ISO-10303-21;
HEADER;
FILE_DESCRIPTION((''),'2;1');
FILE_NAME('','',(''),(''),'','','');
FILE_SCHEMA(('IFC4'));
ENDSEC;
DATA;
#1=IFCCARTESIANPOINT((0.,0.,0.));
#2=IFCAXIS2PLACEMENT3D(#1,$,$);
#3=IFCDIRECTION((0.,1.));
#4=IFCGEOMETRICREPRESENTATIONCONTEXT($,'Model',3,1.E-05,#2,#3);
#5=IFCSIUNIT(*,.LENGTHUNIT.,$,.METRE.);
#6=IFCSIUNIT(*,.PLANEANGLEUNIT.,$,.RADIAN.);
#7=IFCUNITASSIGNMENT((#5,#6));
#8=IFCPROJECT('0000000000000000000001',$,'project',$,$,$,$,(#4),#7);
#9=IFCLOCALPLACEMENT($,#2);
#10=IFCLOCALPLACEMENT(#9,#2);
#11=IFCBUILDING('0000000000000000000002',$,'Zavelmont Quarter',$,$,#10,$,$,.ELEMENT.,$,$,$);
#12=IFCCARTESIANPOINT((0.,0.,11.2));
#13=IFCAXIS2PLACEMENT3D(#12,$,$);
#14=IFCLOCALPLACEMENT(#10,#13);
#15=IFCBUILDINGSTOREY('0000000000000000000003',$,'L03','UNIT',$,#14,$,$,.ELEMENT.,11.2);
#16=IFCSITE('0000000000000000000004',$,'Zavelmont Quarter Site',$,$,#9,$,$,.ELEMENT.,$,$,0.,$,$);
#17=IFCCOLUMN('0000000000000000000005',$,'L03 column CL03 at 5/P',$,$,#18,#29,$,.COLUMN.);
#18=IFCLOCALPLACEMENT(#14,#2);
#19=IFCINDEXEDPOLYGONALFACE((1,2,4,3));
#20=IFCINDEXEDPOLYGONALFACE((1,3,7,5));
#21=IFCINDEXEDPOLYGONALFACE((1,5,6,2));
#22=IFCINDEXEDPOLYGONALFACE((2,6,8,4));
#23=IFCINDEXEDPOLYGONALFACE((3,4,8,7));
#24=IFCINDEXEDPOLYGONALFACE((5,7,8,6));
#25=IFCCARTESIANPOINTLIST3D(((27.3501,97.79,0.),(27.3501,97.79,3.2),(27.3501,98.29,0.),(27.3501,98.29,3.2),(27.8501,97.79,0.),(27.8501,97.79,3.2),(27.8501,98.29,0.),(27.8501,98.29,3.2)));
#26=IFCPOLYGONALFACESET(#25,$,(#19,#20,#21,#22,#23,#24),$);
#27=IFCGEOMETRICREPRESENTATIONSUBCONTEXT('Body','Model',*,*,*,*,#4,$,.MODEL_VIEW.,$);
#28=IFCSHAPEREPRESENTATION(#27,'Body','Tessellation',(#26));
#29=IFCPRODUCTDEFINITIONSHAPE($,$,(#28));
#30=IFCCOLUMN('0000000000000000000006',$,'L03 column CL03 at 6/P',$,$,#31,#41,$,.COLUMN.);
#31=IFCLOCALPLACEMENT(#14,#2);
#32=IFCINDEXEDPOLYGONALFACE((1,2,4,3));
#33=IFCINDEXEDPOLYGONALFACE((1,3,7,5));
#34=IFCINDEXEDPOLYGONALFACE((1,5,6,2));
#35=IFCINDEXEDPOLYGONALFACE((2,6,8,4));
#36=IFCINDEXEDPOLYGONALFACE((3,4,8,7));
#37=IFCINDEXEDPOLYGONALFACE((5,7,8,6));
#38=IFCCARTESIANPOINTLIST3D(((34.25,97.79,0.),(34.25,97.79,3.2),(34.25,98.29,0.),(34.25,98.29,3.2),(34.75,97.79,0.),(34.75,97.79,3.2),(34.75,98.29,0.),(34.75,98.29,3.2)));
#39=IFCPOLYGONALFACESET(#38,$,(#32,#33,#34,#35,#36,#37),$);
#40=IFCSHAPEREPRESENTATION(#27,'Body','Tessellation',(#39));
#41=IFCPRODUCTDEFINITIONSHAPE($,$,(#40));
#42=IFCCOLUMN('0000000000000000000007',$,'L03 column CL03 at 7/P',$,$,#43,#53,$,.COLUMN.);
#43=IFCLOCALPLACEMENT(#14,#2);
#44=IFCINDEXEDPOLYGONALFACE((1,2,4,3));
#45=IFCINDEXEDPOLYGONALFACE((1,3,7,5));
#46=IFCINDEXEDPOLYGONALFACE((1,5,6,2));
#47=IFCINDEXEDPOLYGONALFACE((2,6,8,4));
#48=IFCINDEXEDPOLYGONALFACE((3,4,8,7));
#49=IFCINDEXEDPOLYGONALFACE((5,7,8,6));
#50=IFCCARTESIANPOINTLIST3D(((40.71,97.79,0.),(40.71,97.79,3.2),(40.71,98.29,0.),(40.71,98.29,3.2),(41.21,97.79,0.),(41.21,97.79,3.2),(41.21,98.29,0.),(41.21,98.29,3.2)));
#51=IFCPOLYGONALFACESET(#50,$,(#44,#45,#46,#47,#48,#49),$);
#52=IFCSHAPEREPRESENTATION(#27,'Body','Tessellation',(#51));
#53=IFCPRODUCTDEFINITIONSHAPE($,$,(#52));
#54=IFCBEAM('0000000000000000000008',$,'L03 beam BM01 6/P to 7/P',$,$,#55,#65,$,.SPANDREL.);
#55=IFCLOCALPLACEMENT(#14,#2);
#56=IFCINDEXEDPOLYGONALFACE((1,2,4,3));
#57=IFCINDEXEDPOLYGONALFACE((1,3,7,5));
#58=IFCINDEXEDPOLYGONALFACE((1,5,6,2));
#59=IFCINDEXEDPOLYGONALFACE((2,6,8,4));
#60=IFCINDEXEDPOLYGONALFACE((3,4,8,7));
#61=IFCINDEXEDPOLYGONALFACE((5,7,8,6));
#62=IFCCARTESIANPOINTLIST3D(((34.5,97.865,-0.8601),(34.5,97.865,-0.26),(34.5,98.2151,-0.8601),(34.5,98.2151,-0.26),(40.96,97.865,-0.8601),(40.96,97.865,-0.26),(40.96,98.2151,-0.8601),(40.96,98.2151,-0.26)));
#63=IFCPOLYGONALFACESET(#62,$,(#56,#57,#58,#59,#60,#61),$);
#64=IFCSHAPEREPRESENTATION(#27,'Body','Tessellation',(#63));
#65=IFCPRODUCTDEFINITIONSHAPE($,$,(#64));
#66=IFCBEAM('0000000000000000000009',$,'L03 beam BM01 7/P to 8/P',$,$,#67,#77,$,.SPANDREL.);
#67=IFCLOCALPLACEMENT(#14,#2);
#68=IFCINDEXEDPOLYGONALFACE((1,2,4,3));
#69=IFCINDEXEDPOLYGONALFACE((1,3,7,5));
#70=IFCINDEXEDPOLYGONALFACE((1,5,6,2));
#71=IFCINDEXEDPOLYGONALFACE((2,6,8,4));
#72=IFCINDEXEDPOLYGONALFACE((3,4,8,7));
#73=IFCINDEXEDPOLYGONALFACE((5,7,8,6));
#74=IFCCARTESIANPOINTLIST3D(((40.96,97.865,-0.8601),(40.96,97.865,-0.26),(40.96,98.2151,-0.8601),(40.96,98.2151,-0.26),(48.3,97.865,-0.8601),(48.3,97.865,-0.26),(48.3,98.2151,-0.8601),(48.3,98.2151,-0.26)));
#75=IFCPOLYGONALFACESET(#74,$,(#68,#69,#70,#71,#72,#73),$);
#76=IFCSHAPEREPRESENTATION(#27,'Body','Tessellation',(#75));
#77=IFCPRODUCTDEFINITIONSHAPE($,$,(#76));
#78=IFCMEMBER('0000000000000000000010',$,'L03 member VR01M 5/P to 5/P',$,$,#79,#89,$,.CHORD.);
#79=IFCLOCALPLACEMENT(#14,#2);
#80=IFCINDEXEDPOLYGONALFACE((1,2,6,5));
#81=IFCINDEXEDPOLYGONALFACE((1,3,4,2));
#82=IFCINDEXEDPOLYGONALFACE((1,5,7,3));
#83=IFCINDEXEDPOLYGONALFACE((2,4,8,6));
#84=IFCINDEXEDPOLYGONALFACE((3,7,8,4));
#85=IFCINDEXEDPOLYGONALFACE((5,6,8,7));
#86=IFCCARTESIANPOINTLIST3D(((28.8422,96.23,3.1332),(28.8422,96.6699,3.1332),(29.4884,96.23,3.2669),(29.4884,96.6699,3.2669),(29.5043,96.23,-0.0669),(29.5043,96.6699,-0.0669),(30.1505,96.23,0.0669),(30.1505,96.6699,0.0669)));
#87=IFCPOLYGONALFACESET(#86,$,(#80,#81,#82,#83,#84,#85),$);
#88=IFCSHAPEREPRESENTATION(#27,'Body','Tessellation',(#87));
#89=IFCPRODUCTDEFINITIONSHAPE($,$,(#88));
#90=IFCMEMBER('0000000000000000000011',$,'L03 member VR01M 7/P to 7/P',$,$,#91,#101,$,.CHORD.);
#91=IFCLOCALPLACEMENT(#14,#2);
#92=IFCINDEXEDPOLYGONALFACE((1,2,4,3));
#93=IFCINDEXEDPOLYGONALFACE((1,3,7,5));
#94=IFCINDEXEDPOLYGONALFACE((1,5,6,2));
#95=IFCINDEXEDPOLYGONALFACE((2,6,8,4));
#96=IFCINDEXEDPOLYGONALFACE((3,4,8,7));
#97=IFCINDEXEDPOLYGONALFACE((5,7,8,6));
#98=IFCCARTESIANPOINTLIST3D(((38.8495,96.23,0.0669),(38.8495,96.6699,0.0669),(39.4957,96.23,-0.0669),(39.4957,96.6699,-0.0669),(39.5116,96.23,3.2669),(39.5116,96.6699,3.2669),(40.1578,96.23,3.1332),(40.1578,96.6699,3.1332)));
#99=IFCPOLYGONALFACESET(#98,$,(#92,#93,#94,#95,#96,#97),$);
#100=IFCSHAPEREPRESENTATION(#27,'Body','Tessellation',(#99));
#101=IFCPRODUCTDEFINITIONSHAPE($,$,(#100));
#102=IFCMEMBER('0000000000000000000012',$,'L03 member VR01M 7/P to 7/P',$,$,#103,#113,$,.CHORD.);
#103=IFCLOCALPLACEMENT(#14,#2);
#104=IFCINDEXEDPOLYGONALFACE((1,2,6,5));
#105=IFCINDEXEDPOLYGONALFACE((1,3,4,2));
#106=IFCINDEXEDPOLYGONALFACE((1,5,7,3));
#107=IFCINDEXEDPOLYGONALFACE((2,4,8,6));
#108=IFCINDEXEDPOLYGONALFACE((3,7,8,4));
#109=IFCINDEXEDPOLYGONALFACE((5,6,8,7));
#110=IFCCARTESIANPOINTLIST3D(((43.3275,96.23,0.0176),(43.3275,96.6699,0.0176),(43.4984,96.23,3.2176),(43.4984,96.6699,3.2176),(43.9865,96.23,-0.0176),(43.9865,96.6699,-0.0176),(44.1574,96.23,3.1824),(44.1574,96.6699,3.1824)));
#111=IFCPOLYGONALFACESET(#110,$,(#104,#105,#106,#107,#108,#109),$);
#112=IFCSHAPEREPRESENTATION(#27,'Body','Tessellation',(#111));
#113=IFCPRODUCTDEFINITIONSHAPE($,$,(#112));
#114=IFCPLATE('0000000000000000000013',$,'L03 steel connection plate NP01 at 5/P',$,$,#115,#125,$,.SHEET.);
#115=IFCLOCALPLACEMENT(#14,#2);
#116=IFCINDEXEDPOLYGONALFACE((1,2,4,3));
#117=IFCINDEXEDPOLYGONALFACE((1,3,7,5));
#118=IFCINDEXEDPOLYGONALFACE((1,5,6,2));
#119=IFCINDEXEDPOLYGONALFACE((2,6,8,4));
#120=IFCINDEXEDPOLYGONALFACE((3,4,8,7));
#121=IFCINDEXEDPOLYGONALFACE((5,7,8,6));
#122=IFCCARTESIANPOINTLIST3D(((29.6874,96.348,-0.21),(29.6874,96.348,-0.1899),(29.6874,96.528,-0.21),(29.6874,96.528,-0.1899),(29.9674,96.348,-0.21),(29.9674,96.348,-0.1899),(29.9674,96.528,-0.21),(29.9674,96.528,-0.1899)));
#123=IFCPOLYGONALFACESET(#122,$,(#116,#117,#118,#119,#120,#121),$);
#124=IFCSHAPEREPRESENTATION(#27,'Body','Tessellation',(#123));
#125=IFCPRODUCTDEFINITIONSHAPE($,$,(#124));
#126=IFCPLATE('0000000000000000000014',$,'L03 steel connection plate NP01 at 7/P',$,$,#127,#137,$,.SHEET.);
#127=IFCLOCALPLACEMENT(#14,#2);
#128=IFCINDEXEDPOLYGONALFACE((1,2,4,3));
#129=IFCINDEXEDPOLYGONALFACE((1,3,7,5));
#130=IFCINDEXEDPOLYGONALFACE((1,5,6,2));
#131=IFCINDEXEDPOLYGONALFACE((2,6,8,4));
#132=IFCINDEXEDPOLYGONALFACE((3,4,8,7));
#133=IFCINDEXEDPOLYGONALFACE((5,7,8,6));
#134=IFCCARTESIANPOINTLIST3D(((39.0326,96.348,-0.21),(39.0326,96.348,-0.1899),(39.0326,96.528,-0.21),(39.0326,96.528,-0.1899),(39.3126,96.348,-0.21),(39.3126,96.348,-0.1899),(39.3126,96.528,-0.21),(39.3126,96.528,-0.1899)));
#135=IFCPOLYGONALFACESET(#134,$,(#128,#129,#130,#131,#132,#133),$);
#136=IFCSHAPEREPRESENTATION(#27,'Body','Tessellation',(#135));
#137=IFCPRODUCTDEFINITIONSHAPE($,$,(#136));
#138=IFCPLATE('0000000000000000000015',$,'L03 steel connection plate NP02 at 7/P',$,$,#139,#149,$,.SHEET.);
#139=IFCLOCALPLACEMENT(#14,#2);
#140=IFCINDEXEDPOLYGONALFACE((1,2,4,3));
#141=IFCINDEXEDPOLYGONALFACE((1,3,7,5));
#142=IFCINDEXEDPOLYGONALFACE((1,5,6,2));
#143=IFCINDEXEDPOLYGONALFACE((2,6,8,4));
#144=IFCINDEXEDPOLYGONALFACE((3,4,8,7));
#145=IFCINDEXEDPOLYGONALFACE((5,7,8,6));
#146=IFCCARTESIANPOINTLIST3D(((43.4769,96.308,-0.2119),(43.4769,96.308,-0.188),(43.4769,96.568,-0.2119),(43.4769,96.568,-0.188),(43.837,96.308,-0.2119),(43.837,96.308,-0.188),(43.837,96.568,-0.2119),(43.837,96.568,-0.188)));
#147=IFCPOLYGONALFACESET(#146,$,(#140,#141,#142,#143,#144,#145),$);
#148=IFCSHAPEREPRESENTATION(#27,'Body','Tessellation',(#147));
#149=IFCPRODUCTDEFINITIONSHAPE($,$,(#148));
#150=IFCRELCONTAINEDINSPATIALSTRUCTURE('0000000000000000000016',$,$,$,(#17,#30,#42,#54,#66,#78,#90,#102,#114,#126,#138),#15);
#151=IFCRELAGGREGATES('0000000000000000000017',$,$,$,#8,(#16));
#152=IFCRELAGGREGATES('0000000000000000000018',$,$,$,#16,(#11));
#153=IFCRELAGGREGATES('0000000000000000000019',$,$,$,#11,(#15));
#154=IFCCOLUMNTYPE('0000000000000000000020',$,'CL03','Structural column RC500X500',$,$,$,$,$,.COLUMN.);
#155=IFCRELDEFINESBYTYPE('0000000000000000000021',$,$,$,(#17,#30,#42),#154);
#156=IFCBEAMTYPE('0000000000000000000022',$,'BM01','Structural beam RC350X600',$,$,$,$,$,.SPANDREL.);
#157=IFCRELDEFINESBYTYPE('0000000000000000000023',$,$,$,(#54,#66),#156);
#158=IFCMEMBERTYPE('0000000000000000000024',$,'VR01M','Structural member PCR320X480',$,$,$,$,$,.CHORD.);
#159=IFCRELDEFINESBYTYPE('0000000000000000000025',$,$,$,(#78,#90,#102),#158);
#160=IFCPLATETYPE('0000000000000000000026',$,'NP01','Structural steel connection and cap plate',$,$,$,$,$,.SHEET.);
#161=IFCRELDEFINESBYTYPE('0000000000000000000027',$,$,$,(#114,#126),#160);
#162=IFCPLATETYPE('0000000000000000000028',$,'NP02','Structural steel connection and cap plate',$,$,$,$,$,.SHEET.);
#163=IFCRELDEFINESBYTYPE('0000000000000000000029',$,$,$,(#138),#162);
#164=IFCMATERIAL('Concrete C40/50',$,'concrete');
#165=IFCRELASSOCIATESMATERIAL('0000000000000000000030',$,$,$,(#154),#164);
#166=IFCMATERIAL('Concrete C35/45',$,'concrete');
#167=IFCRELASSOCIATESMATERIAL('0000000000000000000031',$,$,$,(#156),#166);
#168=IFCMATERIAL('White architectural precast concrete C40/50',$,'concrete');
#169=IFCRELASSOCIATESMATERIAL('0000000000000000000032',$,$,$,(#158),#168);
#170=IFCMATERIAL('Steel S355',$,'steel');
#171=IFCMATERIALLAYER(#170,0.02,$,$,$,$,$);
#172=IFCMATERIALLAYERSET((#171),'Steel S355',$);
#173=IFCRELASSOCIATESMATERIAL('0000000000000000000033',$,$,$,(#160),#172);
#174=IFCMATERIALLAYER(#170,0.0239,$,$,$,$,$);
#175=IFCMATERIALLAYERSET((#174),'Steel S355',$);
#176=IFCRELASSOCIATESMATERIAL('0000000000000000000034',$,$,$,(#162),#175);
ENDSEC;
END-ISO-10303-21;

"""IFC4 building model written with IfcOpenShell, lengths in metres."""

from ifc_helpers import new_model, si_unit, direction, frame, origin, origin_2d, place, context, subcontext, project, spatial, rectangle, extrude, material, layer, layer_set, material_profile, profile_set, type_object, element, save


model = new_model("IFC4")

# Units and contexts
model_context = context("Model", 3, precision=1e-05, world=origin(), true_north=direction((0.0, 1.0)))
body_context = subcontext(model_context, "Body", "Model", "MODEL_VIEW")
ifc_project = project(units=[si_unit("LENGTHUNIT", "METRE"), si_unit("PLANEANGLEUNIT", "RADIAN")], contexts=[model_context])

# Site, building, storey
site_placement = place(None, origin())
site = spatial("IfcSite", under=ifc_project, at=site_placement, Name="Zavelmont Quarter Site", CompositionType="ELEMENT", RefElevation=0.0)
building_placement = place(site_placement, origin())
building = spatial("IfcBuilding", under=site, at=building_placement, Name="Zavelmont Quarter", CompositionType="ELEMENT")
storey_placement = place(building_placement, frame((0.0, 0.0, 11.2)))
storey = spatial("IfcBuildingStorey", under=building, at=storey_placement, Name="L03", Description="UNIT", CompositionType="ELEMENT", Elevation=11.2)

# Columns
ifc_material_1 = material(Name="Concrete C40/50", Category="concrete")
ifc_material_profile_1 = material_profile(ifc_material_1, rectangle(XDim=0.5, YDim=0.5, at=origin_2d()), Name="RC500X500")
ifc_profile_set_1 = profile_set([ifc_material_profile_1], Name="Concrete C40/50")
column_type = type_object("IfcColumnType", Name="CL03", Description="Structural column RC500X500", PredefinedType="COLUMN", material=ifc_profile_set_1)
for number, where, z_axis, x_axis, name in (
    (1, (27.6001, 98.04, 0.0), (0.0, 0.0, 1.0), (1.0, 0.0, 0.0), "L03 column CL03 at 5/P"),
    (2, (34.5, 98.04, 0.0), (0.0, 0.0, 1.0), (1.0, 0.0, 0.0), "L03 column CL03 at 6/P"),
    (3, (40.96, 98.04, 0.0), (0.0, 0.0, 1.0), (1.0, 0.0, 0.0), "L03 column CL03 at 7/P"),
):
    element("IfcColumn", number, at=place(storey_placement, frame(where, z_axis=z_axis, x_axis=x_axis)), inside=storey, type_object=column_type, Name=name, PredefinedType="COLUMN", context=body_context, shape_type="SweptSolid", body=[
        extrude(rectangle(XDim=0.5, YDim=0.5, at=origin_2d()), origin(), (0.0, 0.0, 1.0), 3.2),
    ])

# Beams
ifc_material_2 = material(Name="Concrete C35/45", Category="concrete")
ifc_material_profile_2 = material_profile(ifc_material_2, rectangle(XDim=0.3501, YDim=0.6001, at=origin_2d()), Name="RC350X600")
ifc_profile_set_2 = profile_set([ifc_material_profile_2], Name="Concrete C35/45")
beam_type = type_object("IfcBeamType", Name="BM01", Description="Structural beam RC350X600", PredefinedType="SPANDREL", material=ifc_profile_set_2)
beam_1_placement = place(storey_placement, frame((34.5, 98.04, -0.5601), z_axis=(1.0, 0.0, 0.0), x_axis=(0.0, 1.0, 0.0)))
element("IfcBeam", 4, at=beam_1_placement, inside=storey, type_object=beam_type, Name="L03 beam BM01 6/P to 7/P", PredefinedType="SPANDREL", context=body_context, shape_type="SweptSolid", body=[
    extrude(rectangle(XDim=0.3501, YDim=0.6001, at=origin_2d()), origin(), (0.0, 0.0, 1.0), 6.46),
])
beam_2_placement = place(storey_placement, frame((40.96, 98.04, -0.5601), z_axis=(1.0, 0.0, 0.0), x_axis=(0.0, 1.0, 0.0)))
element("IfcBeam", 5, at=beam_2_placement, inside=storey, type_object=beam_type, Name="L03 beam BM01 7/P to 8/P", PredefinedType="SPANDREL", context=body_context, shape_type="SweptSolid", body=[
    extrude(rectangle(XDim=0.3501, YDim=0.6001, at=origin_2d()), origin(), (0.0, 0.0, 1.0), 7.3401),
])

# Members
ifc_material_3 = material(Name="White architectural precast concrete C40/50", Category="concrete")
ifc_material_profile_3 = material_profile(ifc_material_3, rectangle(XDim=0.4399, YDim=0.6599, at=origin_2d()), Name="PCR320X480")
ifc_profile_set_3 = profile_set([ifc_material_profile_3], Name="White architectural precast concrete C40/50")
member_type = type_object("IfcMemberType", Name="VR01M", Description="Structural member PCR320X480", PredefinedType="CHORD", material=ifc_profile_set_3)
for number, where, z_axis, x_axis, name in (
    (6, (29.8274, 96.45, 0.0), (-0.20262, 0.0, 0.979257), (0.0, -1.0, 0.0), "L03 member VR01M 5/P to 5/P"),
    (7, (39.1726, 96.45, 0.0), (0.20262, 0.0, 0.979257), (0.0, 1.0, 0.0), "L03 member VR01M 7/P to 7/P"),
):
    element("IfcMember", number, at=place(storey_placement, frame(where, z_axis=z_axis, x_axis=x_axis)), inside=storey, type_object=member_type, Name=name, PredefinedType="CHORD", context=body_context, shape_type="SweptSolid", body=[
        extrude(rectangle(XDim=0.4399, YDim=0.6599, at=origin_2d()), origin(), (0.0, 0.0, 1.0), 3.2678),
    ])
member_placement = place(storey_placement, frame((43.657, 96.45, 0.0), z_axis=(0.053331, 0.0, 0.998577), x_axis=(0.0, 1.0, 0.0)))
element("IfcMember", 8, at=member_placement, inside=storey, type_object=member_type, Name="L03 member VR01M 7/P to 7/P", PredefinedType="CHORD", context=body_context, shape_type="SweptSolid", body=[
    extrude(rectangle(XDim=0.4399, YDim=0.6599, at=origin_2d()), origin(), (0.0, 0.0, 1.0), 3.2046),
])

# Plates
ifc_material_4 = material(Name="Steel S355", Category="steel")
ifc_layer_1 = layer(ifc_material_4, 0.02)
ifc_layer_set_1 = layer_set([ifc_layer_1], Name="Steel S355")
plate_type_1 = type_object("IfcPlateType", Name="NP01", Description="Structural steel connection and cap plate", PredefinedType="SHEET", material=ifc_layer_set_1)
for number, where, z_axis, x_axis, name in (
    (9, (29.8274, 96.438, -0.21), (0.0, 0.0, 1.0), (1.0, 0.0, 0.0), "L03 steel connection plate NP01 at 5/P"),
    (10, (39.1726, 96.438, -0.21), (0.0, 0.0, 1.0), (1.0, 0.0, 0.0), "L03 steel connection plate NP01 at 7/P"),
):
    element("IfcPlate", number, at=place(storey_placement, frame(where, z_axis=z_axis, x_axis=x_axis)), inside=storey, type_object=plate_type_1, Name=name, PredefinedType="SHEET", context=body_context, shape_type="SweptSolid", body=[
        extrude(rectangle(XDim=0.28, YDim=0.1799, at=origin_2d()), origin(), (0.0, 0.0, 1.0), 0.02),
    ])
ifc_layer_2 = layer(ifc_material_4, 0.0239)
ifc_layer_set_2 = layer_set([ifc_layer_2], Name="Steel S355")
plate_type_2 = type_object("IfcPlateType", Name="NP02", Description="Structural steel connection and cap plate", PredefinedType="SHEET", material=ifc_layer_set_2)
plate_placement = place(storey_placement, frame((43.657, 96.438, -0.2119), z_axis=(0.0, 0.0, 1.0), x_axis=(1.0, 0.0, 0.0)))
element("IfcPlate", 11, at=plate_placement, inside=storey, type_object=plate_type_2, Name="L03 steel connection plate NP02 at 7/P", PredefinedType="SHEET", context=body_context, shape_type="SweptSolid", body=[
    extrude(rectangle(XDim=0.3601, YDim=0.26, at=origin_2d()), origin(), (0.0, 0.0, 1.0), 0.0239),
])

save(model, "model.ifc")
